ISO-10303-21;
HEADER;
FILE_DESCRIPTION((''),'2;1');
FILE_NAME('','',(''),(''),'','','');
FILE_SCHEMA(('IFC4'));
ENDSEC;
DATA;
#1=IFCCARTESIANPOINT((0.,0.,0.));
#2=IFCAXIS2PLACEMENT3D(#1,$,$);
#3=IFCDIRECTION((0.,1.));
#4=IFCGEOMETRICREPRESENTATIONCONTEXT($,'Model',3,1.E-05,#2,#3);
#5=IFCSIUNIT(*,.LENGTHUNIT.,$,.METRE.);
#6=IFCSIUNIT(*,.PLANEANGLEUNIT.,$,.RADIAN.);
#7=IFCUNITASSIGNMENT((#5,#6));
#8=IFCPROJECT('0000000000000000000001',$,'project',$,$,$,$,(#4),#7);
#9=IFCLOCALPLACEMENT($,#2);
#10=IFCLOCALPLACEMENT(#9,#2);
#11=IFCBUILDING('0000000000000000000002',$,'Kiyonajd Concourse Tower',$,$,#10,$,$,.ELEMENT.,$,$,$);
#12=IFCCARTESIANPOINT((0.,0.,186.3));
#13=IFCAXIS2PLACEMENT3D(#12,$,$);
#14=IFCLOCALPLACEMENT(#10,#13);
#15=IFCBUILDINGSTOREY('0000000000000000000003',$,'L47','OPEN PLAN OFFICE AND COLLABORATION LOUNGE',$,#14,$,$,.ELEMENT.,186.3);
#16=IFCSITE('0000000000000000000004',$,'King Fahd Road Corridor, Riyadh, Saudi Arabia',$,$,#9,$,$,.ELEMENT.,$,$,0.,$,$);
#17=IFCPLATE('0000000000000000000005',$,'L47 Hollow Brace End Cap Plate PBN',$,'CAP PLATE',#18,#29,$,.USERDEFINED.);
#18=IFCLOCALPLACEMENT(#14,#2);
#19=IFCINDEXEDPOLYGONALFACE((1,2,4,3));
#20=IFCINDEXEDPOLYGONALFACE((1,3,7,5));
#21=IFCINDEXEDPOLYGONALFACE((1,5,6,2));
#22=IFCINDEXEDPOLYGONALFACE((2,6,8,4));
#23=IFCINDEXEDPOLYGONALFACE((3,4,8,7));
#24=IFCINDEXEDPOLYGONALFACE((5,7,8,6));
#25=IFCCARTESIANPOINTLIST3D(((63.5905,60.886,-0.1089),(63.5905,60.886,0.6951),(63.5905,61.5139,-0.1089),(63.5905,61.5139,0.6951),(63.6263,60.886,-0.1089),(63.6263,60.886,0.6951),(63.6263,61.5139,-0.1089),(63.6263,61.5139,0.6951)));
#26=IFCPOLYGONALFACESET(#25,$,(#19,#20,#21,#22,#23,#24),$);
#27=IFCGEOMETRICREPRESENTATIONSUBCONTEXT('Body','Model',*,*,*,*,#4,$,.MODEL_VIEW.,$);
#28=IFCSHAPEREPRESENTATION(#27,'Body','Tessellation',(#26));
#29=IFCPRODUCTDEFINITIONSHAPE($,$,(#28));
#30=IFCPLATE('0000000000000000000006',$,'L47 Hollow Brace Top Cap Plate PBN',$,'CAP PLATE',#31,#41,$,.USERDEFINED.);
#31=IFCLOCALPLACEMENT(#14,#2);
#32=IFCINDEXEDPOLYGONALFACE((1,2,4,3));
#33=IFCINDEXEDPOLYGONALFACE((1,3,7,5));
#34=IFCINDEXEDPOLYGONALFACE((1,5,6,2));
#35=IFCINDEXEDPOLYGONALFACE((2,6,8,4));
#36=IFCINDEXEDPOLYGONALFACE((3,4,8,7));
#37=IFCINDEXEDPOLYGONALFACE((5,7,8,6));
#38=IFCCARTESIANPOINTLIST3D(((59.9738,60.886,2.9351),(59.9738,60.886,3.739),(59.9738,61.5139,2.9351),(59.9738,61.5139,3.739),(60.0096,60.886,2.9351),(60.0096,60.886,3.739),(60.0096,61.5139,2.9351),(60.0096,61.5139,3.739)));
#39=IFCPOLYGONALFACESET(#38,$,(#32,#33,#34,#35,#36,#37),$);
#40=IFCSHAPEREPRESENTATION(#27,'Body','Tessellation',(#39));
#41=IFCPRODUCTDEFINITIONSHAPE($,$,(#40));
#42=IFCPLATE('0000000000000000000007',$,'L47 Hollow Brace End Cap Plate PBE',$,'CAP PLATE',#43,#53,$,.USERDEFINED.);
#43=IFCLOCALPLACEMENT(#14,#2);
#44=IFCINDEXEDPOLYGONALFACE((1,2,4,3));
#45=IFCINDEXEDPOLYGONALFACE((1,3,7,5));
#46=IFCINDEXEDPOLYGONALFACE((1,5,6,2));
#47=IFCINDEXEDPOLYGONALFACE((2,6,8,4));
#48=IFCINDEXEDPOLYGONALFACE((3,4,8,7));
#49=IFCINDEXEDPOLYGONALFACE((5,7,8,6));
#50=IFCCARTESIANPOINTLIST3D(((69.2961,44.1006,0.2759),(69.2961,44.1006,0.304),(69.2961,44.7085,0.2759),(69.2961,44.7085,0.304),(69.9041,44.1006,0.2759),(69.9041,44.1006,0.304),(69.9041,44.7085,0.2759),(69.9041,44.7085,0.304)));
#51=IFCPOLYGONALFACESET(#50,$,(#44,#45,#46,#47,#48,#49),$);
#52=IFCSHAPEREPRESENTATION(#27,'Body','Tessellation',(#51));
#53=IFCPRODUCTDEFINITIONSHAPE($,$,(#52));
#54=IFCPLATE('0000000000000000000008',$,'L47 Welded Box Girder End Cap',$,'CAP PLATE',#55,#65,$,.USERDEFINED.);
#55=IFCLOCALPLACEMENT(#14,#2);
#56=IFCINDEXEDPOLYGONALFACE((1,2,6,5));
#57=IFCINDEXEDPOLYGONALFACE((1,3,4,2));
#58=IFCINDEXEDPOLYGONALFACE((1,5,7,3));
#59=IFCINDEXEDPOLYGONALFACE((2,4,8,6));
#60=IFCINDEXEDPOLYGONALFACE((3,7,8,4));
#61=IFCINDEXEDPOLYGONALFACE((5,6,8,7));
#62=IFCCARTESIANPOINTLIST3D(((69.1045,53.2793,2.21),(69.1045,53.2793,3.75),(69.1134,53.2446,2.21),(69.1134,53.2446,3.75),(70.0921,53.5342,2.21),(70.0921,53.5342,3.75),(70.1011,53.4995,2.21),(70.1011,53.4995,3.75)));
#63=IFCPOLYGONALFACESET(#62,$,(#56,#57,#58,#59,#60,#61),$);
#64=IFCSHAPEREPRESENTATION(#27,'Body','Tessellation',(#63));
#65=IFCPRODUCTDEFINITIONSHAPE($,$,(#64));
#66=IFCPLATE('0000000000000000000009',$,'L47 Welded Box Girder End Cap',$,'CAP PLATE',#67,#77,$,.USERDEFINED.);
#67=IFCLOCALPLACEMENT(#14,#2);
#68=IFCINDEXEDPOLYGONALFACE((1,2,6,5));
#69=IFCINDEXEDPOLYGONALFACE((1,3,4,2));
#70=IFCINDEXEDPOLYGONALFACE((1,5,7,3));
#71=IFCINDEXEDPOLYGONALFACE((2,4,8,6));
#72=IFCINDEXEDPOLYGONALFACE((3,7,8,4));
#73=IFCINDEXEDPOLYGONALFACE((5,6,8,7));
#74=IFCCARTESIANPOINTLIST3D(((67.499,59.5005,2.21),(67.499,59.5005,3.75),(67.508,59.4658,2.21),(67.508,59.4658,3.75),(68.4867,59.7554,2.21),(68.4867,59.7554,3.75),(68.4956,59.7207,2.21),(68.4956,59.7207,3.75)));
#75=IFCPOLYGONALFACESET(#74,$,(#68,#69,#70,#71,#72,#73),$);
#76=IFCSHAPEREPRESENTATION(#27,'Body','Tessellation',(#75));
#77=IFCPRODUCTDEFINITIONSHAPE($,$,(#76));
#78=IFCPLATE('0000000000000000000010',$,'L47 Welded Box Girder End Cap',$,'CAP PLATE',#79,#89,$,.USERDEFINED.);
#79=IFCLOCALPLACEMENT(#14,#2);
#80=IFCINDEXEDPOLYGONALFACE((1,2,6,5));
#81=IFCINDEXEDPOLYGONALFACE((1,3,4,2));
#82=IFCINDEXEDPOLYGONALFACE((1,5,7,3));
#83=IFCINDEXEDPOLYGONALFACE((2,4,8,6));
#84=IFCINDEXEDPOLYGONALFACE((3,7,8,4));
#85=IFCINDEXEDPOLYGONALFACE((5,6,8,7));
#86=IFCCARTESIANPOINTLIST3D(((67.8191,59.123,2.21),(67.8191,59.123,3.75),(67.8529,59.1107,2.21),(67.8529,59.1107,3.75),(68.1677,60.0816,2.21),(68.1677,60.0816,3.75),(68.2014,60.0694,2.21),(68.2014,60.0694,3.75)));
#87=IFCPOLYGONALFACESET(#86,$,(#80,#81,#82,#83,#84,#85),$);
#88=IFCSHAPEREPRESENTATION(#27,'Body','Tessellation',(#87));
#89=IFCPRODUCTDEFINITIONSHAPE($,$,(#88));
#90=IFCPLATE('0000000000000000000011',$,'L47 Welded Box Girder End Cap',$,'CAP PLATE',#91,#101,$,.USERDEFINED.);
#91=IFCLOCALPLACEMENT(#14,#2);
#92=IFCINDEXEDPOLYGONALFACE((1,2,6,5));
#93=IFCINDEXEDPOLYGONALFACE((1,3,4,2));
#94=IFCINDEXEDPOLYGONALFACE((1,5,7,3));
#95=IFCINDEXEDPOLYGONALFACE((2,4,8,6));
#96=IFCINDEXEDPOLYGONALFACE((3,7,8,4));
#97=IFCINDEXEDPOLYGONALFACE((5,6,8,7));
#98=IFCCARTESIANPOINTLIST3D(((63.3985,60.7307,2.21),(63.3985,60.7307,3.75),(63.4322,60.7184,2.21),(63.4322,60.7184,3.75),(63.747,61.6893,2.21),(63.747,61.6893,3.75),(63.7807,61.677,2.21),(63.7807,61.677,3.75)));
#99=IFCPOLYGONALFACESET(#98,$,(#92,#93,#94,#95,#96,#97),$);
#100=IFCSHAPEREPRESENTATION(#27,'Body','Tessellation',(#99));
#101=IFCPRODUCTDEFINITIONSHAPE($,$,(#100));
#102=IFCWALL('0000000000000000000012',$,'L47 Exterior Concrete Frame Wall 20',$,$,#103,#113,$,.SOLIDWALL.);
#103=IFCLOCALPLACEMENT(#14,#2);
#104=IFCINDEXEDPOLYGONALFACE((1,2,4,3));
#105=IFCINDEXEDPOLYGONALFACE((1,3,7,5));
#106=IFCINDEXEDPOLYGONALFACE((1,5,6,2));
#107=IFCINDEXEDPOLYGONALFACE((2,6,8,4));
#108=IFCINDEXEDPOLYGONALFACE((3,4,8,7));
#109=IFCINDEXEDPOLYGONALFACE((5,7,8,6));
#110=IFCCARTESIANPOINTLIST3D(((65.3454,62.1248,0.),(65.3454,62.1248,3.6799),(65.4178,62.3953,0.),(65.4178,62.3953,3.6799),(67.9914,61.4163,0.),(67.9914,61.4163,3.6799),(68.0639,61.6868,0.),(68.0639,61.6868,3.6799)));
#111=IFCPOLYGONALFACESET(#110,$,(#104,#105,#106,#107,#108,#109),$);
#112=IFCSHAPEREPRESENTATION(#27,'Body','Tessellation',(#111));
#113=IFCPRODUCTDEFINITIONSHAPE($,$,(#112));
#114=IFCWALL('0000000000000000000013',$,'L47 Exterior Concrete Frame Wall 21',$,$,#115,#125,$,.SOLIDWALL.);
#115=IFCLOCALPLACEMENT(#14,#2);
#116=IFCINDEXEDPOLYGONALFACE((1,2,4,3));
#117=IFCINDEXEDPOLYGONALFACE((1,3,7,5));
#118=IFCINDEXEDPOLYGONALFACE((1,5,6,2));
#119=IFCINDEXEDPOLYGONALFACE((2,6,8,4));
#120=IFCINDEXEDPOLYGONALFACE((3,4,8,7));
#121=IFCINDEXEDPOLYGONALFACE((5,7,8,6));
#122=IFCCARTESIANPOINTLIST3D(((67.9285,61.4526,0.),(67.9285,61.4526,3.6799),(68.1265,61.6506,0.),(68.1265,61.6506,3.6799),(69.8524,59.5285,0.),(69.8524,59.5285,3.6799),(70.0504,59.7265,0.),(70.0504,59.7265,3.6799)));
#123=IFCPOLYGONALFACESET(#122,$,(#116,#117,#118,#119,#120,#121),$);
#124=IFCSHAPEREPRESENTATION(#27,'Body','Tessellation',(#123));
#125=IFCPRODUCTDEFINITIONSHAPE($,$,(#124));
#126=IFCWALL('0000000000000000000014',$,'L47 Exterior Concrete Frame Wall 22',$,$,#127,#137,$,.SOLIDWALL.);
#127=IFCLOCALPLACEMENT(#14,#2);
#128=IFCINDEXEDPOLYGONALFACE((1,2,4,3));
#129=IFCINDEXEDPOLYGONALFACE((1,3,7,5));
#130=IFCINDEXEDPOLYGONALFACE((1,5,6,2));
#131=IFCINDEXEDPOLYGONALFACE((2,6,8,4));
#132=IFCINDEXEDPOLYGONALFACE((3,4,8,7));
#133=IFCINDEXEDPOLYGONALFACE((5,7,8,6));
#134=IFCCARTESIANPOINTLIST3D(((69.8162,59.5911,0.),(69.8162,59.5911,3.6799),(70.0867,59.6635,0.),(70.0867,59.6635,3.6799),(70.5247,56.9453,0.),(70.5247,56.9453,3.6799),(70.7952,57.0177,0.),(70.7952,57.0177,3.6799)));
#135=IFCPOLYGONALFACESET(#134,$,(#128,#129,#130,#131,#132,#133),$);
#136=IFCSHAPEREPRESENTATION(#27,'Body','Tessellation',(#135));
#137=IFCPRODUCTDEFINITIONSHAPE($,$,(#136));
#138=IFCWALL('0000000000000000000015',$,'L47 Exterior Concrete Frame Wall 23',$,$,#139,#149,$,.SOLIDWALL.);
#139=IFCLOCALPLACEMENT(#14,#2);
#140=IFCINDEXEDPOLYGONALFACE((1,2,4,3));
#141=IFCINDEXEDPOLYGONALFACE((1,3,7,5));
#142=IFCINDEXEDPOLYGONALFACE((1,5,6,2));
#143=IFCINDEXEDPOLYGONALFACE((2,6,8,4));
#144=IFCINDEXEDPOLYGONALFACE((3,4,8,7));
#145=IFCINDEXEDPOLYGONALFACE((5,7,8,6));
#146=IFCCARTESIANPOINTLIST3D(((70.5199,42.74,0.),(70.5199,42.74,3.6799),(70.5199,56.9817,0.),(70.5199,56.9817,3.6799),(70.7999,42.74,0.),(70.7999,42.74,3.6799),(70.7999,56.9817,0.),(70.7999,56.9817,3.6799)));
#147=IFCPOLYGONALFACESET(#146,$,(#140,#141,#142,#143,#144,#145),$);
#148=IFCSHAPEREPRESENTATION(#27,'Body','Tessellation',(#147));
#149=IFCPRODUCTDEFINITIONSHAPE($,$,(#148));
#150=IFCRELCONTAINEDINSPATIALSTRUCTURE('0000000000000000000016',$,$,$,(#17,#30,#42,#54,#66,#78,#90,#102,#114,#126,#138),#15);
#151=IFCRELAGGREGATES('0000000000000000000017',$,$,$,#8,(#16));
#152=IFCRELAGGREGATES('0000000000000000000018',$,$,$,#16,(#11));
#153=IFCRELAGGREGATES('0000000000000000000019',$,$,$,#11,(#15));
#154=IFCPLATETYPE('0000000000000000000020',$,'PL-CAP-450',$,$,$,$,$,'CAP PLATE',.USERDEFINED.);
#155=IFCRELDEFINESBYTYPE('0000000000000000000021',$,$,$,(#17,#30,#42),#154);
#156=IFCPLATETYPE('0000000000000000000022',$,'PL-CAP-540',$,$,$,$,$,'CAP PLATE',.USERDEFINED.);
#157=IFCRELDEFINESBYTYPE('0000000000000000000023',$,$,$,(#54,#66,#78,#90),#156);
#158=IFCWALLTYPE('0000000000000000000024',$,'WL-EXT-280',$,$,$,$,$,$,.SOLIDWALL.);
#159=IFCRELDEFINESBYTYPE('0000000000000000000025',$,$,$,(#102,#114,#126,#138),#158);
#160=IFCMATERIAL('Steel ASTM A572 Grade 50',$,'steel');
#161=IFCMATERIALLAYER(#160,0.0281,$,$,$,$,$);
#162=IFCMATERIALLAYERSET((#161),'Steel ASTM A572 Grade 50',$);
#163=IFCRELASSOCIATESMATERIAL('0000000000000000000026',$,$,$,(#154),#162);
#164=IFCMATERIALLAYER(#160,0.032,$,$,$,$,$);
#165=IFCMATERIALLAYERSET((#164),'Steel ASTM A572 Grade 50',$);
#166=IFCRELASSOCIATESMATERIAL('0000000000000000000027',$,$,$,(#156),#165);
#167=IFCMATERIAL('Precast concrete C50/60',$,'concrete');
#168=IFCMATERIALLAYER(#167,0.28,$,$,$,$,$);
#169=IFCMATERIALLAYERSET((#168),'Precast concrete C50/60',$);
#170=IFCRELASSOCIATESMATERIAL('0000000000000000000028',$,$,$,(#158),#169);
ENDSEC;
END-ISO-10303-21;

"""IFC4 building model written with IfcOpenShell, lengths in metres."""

from ifc_helpers import new_model, si_unit, direction, frame, frame_2d, origin, origin_2d, place, context, subcontext, project, spatial, rectangle, extrude, material, layer, layer_set, type_object, element, save


model = new_model("IFC4")

# Units and contexts
model_context = context("Model", 3, precision=1e-05, world=origin(), true_north=direction((0.0, 1.0)))
body_context = subcontext(model_context, "Body", "Model", "MODEL_VIEW")
ifc_project = project(units=[si_unit("LENGTHUNIT", "METRE"), si_unit("PLANEANGLEUNIT", "RADIAN")], contexts=[model_context])

# Site, building, storey
site_placement = place(None, origin())
site = spatial("IfcSite", under=ifc_project, at=site_placement, Name="King Fahd Road Corridor, Riyadh, Saudi Arabia", CompositionType="ELEMENT", RefElevation=0.0)
building_placement = place(site_placement, origin())
building = spatial("IfcBuilding", under=site, at=building_placement, Name="Kiyonajd Concourse Tower", CompositionType="ELEMENT")
storey_placement = place(building_placement, frame((0.0, 0.0, 186.3)))
storey = spatial("IfcBuildingStorey", under=building, at=storey_placement, Name="L47", Description="OPEN PLAN OFFICE AND COLLABORATION LOUNGE", CompositionType="ELEMENT", Elevation=186.3)

# Shared definitions
ifc_material_1 = material(Name="Steel ASTM A572 Grade 50", Category="steel")

# Plates
ifc_layer_1 = layer(ifc_material_1, 0.0281)
ifc_layer_set_1 = layer_set([ifc_layer_1], Name="Steel ASTM A572 Grade 50")
plate_type_1 = type_object("IfcPlateType", Name="PL-CAP-450", ElementType="CAP PLATE", PredefinedType="USERDEFINED", material=ifc_layer_set_1)
for number, where, z_axis, x_axis, name in (
    (1, (63.6084, 61.2, -0.1089), (0.0, 0.0, 1.0), (1.0, 0.0, 0.0), "L47 Hollow Brace End Cap Plate PBN"),
    (2, (59.9917, 61.2, 2.9351), (0.0, 0.0, 1.0), (-1.0, 0.0, 0.0), "L47 Hollow Brace Top Cap Plate PBN"),
):
    element("IfcPlate", number, at=place(storey_placement, frame(where, z_axis=z_axis, x_axis=x_axis)), inside=storey, type_object=plate_type_1, Name=name, ObjectType="CAP PLATE", PredefinedType="USERDEFINED", context=body_context, shape_type="SweptSolid", body=[
        extrude(rectangle(XDim=0.0359, YDim=0.6279, at=origin_2d()), origin(), (0.0, 0.0, 1.0), 0.804),
    ])
plate_placement = place(storey_placement, frame((69.6001, 44.4045, 0.2759), z_axis=(0.0, 0.0, 1.0), x_axis=(1.0, 0.0, 0.0)))
element("IfcPlate", 3, at=plate_placement, inside=storey, type_object=plate_type_1, Name="L47 Hollow Brace End Cap Plate PBE", ObjectType="CAP PLATE", PredefinedType="USERDEFINED", context=body_context, shape_type="SweptSolid", body=[
    extrude(rectangle(XDim=0.6079, YDim=0.6079, at=origin_2d()), origin(), (0.0, 0.0, 1.0), 0.0281),
])
ifc_layer_2 = layer(ifc_material_1, 0.032)
ifc_layer_set_2 = layer_set([ifc_layer_2], Name="Steel ASTM A572 Grade 50")
plate_type_2 = type_object("IfcPlateType", Name="PL-CAP-540", ElementType="CAP PLATE", PredefinedType="USERDEFINED", material=ifc_layer_set_2)
for number, where, z_axis, x_axis, name in (
    (4, (69.6028, 53.3894, 2.21), (0.0, 0.0, 1.0), (0.249873, -0.968279, 0.0), "L47 Welded Box Girder End Cap"),
    (5, (67.9973, 59.6106, 2.21), (0.0, 0.0, 1.0), (-0.249873, 0.968279, 0.0), "L47 Welded Box Girder End Cap"),
    (6, (68.0103, 59.5962, 2.21), (0.0, 0.0, 1.0), (0.939812, -0.341692, 0.0), "L47 Welded Box Girder End Cap"),
    (7, (63.5896, 61.2039, 2.21), (0.0, 0.0, 1.0), (-0.939812, 0.341692, 0.0), "L47 Welded Box Girder End Cap"),
):
    element("IfcPlate", number, at=place(storey_placement, frame(where, z_axis=z_axis, x_axis=x_axis)), inside=storey, type_object=plate_type_2, Name=name, ObjectType="CAP PLATE", PredefinedType="USERDEFINED", context=body_context, shape_type="SweptSolid", body=[
        extrude(rectangle(XDim=0.0359, YDim=1.02, at=origin_2d()), origin(), (0.0, 0.0, 1.0), 1.54),
    ])

# Walls
ifc_material_2 = material(Name="Precast concrete C50/60", Category="concrete")
ifc_layer_3 = layer(ifc_material_2, 0.28)
ifc_layer_set_3 = layer_set([ifc_layer_3], Name="Precast concrete C50/60")
wall_type = type_object("IfcWallType", Name="WL-EXT-280", PredefinedType="SOLIDWALL", material=ifc_layer_set_3)
wall_1_placement = place(storey_placement, frame((65.3816, 62.26, 0.0), z_axis=(0.0, 0.0, 1.0), x_axis=(0.965971, -0.25865, 0.0)))
element("IfcWall", 8, at=wall_1_placement, inside=storey, type_object=wall_type, Name="L47 Exterior Concrete Frame Wall 20", PredefinedType="SOLIDWALL", context=body_context, shape_type="SweptSolid", body=[
    extrude(rectangle(XDim=2.7393, YDim=0.28, at=frame_2d((1.3696, 0.0))), origin(), (0.0, 0.0, 1.0), 3.6799),
])
wall_2_placement = place(storey_placement, frame((68.0276, 61.5515, 0.0), z_axis=(0.0, 0.0, 1.0), x_axis=(0.707062, -0.707152, 0.0)))
element("IfcWall", 9, at=wall_2_placement, inside=storey, type_object=wall_type, Name="L47 Exterior Concrete Frame Wall 21", PredefinedType="SOLIDWALL", context=body_context, shape_type="SweptSolid", body=[
    extrude(rectangle(XDim=2.7209, YDim=0.28, at=frame_2d((1.3604, 0.0))), origin(), (0.0, 0.0, 1.0), 3.6799),
])
wall_3_placement = place(storey_placement, frame((69.9514, 59.6274, 0.0), z_axis=(0.0, 0.0, 1.0), x_axis=(0.258672, -0.965965, 0.0)))
element("IfcWall", 10, at=wall_3_placement, inside=storey, type_object=wall_type, Name="L47 Exterior Concrete Frame Wall 22", PredefinedType="SOLIDWALL", context=body_context, shape_type="SweptSolid", body=[
    extrude(rectangle(XDim=2.739, YDim=0.28, at=frame_2d((1.3696, 0.0))), origin(), (0.0, 0.0, 1.0), 3.6799),
])
wall_4_placement = place(storey_placement, frame((70.6599, 56.9817, 0.0), z_axis=(0.0, 0.0, 1.0), x_axis=(0.0, -1.0, 0.0)))
element("IfcWall", 11, at=wall_4_placement, inside=storey, type_object=wall_type, Name="L47 Exterior Concrete Frame Wall 23", PredefinedType="SOLIDWALL", context=body_context, shape_type="SweptSolid", body=[
    extrude(rectangle(XDim=14.2417, YDim=0.28, at=frame_2d((7.1208, 0.0))), origin(), (0.0, 0.0, 1.0), 3.6799),
])

save(model, "model.ifc")
